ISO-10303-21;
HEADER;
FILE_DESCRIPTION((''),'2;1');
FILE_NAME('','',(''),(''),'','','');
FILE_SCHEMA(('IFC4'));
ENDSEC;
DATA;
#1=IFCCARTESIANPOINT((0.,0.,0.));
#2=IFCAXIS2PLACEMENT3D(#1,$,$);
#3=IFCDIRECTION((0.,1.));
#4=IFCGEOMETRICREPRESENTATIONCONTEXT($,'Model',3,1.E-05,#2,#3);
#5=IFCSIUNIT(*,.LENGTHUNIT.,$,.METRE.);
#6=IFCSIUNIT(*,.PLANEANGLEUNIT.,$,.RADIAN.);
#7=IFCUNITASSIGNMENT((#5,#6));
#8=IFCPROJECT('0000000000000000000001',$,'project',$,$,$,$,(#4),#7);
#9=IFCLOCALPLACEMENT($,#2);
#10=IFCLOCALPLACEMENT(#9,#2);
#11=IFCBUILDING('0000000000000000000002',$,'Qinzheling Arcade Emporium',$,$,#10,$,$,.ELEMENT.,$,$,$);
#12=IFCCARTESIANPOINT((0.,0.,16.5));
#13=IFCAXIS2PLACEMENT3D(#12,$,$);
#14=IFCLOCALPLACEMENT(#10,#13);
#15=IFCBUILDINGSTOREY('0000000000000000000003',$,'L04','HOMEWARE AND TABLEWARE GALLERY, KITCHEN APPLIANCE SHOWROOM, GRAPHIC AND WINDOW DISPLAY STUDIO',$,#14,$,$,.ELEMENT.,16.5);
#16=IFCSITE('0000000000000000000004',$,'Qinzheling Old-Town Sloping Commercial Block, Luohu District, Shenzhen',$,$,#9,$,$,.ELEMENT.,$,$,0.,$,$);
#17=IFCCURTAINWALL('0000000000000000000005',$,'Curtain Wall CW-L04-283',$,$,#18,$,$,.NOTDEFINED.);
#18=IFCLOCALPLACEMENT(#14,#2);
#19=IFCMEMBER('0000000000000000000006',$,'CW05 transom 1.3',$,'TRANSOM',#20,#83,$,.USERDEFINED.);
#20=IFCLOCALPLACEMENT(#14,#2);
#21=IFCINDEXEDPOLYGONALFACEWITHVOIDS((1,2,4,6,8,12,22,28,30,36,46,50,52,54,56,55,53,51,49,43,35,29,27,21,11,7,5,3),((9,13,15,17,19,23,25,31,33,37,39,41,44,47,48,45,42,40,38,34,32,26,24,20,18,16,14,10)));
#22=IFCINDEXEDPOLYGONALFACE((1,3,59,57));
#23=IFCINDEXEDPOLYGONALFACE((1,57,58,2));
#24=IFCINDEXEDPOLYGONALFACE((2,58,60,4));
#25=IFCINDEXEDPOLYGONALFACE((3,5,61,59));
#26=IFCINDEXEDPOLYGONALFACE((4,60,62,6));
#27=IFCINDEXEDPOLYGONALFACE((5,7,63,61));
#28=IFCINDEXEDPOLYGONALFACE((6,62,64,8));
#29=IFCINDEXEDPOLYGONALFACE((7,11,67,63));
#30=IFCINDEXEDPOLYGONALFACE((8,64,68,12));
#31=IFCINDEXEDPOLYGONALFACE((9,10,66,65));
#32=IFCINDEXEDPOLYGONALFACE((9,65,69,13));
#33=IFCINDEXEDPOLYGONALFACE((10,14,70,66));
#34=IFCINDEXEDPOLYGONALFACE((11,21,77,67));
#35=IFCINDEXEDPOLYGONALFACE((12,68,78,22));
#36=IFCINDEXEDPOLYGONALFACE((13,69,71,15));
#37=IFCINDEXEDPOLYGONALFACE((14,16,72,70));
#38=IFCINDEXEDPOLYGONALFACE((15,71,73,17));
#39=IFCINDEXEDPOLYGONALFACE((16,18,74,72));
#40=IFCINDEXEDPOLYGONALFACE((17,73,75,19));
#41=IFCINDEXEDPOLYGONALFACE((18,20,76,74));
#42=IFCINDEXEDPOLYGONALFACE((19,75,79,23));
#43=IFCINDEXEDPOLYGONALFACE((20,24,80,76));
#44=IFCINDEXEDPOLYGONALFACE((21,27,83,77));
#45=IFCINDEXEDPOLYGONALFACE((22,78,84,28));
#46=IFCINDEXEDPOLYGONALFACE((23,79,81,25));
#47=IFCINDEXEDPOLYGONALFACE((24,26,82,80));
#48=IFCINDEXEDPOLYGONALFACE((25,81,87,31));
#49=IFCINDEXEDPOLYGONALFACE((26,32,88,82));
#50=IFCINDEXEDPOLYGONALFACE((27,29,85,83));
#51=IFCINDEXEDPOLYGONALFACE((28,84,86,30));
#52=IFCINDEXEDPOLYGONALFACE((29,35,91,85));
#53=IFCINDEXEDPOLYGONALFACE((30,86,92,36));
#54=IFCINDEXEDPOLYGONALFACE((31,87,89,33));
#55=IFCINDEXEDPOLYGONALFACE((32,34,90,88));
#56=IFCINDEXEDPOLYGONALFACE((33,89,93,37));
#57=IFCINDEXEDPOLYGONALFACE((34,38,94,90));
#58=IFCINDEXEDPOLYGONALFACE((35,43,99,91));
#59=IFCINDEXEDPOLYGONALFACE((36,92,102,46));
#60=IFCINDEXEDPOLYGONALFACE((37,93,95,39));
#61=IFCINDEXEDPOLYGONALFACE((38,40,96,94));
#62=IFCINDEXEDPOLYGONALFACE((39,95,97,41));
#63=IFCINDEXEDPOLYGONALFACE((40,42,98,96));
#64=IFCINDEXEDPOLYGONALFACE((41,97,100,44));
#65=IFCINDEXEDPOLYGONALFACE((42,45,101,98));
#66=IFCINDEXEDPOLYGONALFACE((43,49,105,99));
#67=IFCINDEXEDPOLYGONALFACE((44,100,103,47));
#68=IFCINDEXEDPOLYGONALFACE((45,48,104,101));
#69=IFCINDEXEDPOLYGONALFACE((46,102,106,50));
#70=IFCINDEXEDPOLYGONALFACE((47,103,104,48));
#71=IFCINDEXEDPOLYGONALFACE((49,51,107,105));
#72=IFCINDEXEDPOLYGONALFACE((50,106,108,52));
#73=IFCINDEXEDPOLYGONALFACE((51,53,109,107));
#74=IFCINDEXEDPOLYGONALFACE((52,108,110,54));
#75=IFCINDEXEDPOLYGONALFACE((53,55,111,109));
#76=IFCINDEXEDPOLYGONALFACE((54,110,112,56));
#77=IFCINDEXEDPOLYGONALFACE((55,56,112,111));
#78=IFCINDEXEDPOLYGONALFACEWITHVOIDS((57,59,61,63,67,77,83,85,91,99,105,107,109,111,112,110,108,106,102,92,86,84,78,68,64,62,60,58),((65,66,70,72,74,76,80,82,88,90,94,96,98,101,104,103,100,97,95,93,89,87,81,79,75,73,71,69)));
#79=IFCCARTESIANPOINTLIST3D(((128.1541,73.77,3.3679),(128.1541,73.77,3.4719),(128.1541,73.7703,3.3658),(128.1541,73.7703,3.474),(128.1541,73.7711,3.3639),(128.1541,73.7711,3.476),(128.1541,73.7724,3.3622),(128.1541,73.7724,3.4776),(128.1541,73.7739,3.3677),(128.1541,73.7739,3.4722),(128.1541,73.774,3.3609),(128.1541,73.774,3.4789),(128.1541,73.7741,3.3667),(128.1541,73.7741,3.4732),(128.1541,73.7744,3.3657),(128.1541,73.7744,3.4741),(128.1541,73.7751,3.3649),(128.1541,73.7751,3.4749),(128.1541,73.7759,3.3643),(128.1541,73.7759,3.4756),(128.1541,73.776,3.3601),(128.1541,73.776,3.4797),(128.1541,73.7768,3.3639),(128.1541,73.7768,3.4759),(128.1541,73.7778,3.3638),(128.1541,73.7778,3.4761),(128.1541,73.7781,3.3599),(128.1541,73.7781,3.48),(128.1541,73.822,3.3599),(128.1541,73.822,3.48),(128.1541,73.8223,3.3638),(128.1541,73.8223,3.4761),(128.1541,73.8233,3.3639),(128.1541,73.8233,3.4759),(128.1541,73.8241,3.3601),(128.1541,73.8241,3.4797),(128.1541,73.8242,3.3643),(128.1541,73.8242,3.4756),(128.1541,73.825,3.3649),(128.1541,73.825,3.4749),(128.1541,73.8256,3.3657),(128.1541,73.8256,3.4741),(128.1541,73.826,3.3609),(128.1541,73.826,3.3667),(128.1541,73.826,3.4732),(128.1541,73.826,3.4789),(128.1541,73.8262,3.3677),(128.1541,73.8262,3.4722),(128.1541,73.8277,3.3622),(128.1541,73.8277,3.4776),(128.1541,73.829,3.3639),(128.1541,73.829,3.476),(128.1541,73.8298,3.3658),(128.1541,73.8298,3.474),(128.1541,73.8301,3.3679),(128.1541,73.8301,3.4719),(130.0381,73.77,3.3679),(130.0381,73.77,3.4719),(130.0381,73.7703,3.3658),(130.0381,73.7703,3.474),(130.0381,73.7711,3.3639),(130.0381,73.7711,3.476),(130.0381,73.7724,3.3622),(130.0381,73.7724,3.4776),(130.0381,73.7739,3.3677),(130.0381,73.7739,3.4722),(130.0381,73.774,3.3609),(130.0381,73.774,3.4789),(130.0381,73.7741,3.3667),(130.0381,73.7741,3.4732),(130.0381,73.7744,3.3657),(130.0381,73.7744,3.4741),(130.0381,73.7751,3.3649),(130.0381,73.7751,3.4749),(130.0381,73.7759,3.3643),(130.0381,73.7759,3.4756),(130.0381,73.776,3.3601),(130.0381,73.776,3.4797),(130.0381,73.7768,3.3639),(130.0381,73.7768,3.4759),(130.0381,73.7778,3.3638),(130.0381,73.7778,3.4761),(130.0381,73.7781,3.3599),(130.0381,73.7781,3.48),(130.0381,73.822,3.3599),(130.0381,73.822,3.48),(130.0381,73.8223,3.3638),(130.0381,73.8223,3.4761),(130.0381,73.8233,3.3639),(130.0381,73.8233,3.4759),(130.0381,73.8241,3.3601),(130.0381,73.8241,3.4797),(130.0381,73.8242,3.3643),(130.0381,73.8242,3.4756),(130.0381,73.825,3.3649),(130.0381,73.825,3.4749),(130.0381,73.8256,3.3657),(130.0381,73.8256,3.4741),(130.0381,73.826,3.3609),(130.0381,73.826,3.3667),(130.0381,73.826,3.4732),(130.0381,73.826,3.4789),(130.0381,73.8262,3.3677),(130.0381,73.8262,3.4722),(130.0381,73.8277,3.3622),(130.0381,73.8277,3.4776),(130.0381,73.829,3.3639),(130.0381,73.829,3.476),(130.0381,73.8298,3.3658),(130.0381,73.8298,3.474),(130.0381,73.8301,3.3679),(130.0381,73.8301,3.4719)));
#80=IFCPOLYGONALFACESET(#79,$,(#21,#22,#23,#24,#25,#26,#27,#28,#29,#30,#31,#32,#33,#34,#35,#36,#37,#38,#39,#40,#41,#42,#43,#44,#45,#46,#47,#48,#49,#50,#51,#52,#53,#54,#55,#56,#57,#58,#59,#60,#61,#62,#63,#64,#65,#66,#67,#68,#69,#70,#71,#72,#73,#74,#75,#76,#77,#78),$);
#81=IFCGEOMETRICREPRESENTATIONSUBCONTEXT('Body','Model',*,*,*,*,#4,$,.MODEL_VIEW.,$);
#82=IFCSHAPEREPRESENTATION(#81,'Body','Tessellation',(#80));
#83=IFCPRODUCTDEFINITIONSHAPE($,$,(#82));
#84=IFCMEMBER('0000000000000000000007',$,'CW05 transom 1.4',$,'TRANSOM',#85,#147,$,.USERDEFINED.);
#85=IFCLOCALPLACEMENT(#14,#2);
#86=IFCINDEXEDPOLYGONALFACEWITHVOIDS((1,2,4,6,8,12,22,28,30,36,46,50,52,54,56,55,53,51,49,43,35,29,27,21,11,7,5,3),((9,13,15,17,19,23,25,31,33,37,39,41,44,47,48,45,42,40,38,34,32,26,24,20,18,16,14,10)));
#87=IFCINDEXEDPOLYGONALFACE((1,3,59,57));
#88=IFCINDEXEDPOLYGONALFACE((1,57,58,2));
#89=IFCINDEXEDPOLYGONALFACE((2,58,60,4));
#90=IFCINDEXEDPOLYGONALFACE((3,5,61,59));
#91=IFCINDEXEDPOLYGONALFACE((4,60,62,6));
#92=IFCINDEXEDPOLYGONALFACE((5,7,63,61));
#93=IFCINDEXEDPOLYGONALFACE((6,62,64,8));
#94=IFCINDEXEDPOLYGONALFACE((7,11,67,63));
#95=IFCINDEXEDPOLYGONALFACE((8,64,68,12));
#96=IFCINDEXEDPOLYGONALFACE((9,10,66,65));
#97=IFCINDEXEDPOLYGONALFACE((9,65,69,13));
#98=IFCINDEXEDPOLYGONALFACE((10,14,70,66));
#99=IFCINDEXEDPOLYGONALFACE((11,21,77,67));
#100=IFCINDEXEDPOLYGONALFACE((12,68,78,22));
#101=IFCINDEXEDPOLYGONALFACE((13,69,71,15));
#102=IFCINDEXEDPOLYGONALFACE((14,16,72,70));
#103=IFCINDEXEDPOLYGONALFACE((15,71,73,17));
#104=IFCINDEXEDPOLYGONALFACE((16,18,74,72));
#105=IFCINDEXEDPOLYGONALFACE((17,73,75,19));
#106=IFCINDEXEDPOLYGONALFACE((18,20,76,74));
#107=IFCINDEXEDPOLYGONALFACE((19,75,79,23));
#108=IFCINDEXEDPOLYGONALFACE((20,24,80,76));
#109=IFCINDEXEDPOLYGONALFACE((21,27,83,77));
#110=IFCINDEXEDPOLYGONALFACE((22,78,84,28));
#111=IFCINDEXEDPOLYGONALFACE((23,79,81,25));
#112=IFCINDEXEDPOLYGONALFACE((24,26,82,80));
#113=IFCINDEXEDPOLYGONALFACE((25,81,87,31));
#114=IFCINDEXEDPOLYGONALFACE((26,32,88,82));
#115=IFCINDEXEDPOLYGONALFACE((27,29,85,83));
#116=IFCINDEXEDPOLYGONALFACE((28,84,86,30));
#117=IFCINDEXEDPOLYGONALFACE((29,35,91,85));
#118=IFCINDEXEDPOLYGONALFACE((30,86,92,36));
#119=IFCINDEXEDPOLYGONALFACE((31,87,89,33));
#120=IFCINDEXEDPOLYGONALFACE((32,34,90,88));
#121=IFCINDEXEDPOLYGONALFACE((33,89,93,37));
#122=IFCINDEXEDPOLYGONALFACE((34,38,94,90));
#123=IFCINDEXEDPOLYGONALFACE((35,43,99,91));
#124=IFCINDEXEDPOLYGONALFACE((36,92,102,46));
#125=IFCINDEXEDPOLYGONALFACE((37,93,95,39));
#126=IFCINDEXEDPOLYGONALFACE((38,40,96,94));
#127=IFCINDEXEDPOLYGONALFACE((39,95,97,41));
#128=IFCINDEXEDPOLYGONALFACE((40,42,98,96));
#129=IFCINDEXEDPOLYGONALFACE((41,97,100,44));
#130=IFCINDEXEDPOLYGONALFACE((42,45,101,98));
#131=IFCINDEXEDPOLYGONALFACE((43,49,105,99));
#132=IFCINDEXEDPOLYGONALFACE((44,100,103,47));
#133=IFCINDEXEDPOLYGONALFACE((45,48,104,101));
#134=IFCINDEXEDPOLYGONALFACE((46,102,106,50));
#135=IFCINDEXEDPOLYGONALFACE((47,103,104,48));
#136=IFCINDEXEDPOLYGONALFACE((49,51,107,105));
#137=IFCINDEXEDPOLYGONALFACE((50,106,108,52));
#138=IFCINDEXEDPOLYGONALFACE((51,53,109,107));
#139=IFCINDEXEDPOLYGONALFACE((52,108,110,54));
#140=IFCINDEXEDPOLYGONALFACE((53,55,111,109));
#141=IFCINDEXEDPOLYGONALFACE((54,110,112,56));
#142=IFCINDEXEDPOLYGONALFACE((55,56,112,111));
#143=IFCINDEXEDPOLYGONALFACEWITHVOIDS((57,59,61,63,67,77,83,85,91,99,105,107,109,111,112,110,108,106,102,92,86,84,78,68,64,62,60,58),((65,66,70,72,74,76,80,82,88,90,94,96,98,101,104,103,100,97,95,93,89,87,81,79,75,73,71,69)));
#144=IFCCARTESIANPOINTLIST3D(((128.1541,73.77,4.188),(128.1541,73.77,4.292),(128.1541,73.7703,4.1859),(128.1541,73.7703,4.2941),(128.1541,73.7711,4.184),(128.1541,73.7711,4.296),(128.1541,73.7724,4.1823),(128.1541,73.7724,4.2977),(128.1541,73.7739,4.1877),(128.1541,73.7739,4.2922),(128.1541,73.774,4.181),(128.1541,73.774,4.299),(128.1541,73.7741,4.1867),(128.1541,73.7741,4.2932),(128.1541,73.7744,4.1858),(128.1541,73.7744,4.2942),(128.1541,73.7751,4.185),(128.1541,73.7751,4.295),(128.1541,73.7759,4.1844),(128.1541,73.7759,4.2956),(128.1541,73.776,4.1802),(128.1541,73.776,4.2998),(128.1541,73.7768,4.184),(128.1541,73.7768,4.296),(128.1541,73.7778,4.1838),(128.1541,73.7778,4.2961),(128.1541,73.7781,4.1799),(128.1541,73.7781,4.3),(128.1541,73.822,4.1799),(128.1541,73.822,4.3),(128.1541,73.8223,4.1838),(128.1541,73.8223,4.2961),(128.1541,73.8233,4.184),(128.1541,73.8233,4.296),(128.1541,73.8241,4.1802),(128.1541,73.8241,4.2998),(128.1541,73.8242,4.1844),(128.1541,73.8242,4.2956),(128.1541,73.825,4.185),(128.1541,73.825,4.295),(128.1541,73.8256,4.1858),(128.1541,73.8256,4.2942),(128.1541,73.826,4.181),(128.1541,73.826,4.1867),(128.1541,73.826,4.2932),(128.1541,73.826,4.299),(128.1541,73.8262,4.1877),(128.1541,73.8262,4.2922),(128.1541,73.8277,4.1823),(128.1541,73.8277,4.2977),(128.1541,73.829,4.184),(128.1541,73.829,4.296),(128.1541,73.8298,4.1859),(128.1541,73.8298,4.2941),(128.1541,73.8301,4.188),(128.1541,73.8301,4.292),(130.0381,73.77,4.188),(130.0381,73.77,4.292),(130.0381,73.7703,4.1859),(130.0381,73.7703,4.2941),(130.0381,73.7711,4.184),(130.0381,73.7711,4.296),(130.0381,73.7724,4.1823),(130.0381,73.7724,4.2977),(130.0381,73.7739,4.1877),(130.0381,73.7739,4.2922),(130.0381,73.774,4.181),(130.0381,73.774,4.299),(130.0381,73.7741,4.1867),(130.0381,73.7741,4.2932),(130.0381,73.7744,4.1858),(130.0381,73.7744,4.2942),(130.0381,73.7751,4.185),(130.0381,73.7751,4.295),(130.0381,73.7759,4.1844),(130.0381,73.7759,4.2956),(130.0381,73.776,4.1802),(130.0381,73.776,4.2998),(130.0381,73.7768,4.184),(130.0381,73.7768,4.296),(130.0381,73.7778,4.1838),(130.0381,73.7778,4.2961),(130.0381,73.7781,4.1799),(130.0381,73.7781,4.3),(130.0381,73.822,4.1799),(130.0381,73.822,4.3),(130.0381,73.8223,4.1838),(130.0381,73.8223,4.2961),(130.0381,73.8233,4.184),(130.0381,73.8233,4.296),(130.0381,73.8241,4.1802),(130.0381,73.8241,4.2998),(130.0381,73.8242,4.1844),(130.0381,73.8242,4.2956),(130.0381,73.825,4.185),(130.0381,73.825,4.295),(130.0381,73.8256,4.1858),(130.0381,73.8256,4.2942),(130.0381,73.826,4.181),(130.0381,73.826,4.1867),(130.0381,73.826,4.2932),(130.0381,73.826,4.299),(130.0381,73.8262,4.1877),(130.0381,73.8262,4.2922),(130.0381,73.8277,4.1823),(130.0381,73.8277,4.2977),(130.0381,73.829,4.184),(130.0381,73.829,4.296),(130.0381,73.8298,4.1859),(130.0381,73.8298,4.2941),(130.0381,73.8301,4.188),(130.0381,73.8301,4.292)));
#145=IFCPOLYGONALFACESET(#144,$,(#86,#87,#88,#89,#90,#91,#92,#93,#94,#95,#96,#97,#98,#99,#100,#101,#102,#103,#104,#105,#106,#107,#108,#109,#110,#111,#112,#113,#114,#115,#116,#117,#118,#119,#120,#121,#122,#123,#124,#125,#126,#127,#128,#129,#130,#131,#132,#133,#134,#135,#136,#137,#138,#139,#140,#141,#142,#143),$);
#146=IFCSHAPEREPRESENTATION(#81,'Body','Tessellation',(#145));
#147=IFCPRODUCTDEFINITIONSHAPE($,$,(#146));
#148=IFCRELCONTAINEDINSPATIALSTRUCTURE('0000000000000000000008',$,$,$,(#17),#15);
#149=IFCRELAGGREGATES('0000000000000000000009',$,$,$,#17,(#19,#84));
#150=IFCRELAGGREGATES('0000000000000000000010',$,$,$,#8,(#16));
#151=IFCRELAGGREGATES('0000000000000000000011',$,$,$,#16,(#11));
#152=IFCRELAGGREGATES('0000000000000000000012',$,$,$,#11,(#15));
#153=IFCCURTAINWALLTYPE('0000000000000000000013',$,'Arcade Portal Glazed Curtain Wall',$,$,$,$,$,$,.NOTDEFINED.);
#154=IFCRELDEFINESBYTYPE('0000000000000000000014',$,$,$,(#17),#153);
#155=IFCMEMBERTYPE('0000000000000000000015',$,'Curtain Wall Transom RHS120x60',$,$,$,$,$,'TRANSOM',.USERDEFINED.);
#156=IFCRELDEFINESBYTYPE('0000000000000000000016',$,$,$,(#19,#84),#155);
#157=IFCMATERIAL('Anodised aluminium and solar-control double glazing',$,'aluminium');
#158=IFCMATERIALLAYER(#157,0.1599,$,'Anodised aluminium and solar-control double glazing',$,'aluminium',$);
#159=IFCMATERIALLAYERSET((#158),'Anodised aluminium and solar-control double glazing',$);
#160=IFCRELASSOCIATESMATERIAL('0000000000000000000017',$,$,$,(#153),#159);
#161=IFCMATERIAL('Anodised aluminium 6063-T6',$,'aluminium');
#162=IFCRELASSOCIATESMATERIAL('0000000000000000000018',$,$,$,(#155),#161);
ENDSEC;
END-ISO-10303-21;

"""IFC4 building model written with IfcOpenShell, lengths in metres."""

from ifc_helpers import new_model, si_unit, direction, frame, origin, origin_2d, place, context, subcontext, project, spatial, hollow_rectangle, extrude, material, layer, layer_set, material_profile, profile_set, type_object, element, aggregate, save


model = new_model("IFC4")

# Units and contexts
model_context = context("Model", 3, precision=1e-05, world=origin(), true_north=direction((0.0, 1.0)))
body_context = subcontext(model_context, "Body", "Model", "MODEL_VIEW")
ifc_project = project(units=[si_unit("LENGTHUNIT", "METRE"), si_unit("PLANEANGLEUNIT", "RADIAN")], contexts=[model_context])

# Site, building, storey
site_placement = place(None, origin())
site = spatial("IfcSite", under=ifc_project, at=site_placement, Name="Qinzheling Old-Town Sloping Commercial Block, Luohu District, Shenzhen", CompositionType="ELEMENT", RefElevation=0.0)
building_placement = place(site_placement, origin())
building = spatial("IfcBuilding", under=site, at=building_placement, Name="Qinzheling Arcade Emporium", CompositionType="ELEMENT")
storey_placement = place(building_placement, frame((0.0, 0.0, 16.5)))
storey = spatial("IfcBuildingStorey", under=building, at=storey_placement, Name="L04", Description="HOMEWARE AND TABLEWARE GALLERY, KITCHEN APPLIANCE SHOWROOM, GRAPHIC AND WINDOW DISPLAY STUDIO", CompositionType="ELEMENT", Elevation=16.5)

# Shared definitions
ifc_material_1 = material(Name="Anodised aluminium and solar-control double glazing", Category="aluminium")
ifc_layer_1 = layer(ifc_material_1, 0.1599, Name="Anodised aluminium and solar-control double glazing", Category="aluminium")
ifc_layer_set_1 = layer_set([ifc_layer_1], Name="Anodised aluminium and solar-control double glazing")
curtain_wall_type = type_object("IfcCurtainWallType", Name="Arcade Portal Glazed Curtain Wall", PredefinedType="NOTDEFINED", material=ifc_layer_set_1)
ifc_material_2 = material(Name="Anodised aluminium 6063-T6", Category="aluminium")

# Curtain wall, members
curtain_wall_1_placement = place(storey_placement, origin())
curtain_wall_1 = element("IfcCurtainWall", 1, at=curtain_wall_1_placement, inside=storey, type_object=curtain_wall_type, Name="Curtain Wall CW-L04-283", PredefinedType="NOTDEFINED")
ifc_material_profile_1 = material_profile(ifc_material_2, hollow_rectangle(XDim=0.0601, YDim=0.1201, WallThickness=0.0039, InnerFilletRadius=0.0039, OuterFilletRadius=0.0081, at=origin_2d()), Name="RHS 120x60x4", Category="aluminium")
ifc_profile_set_1 = profile_set([ifc_material_profile_1], Name="Anodised aluminium 6063-T6")
member_type_1 = type_object("IfcMemberType", Name="Curtain Wall Transom RHS120x60", ElementType="TRANSOM", PredefinedType="USERDEFINED", material=ifc_profile_set_1)
member_1_placement = place(storey_placement, frame((130.0381, 73.8, 3.4199), z_axis=(-1.0, 0.0, 0.0), x_axis=(0.0, -1.0, 0.0)))
member_1 = element("IfcMember", 2, at=member_1_placement, type_object=member_type_1, Name="CW05 transom 1.3", ObjectType="TRANSOM", PredefinedType="USERDEFINED", context=body_context, shape_type="SweptSolid", body=[
    extrude(hollow_rectangle(XDim=0.0601, YDim=0.1201, WallThickness=0.0039, InnerFilletRadius=0.0039, OuterFilletRadius=0.0081, at=origin_2d()), origin(), (0.0, 0.0, 1.0), 1.884),
])
member_2_placement = place(storey_placement, frame((130.0381, 73.8, 4.24), z_axis=(-1.0, 0.0, 0.0), x_axis=(0.0, -1.0, 0.0)))
member_2 = element("IfcMember", 3, at=member_2_placement, type_object=member_type_1, Name="CW05 transom 1.4", ObjectType="TRANSOM", PredefinedType="USERDEFINED", context=body_context, shape_type="SweptSolid", body=[
    extrude(hollow_rectangle(XDim=0.0601, YDim=0.1201, WallThickness=0.0039, InnerFilletRadius=0.0039, OuterFilletRadius=0.0081, at=origin_2d()), origin(), (0.0, 0.0, 1.0), 1.884),
])

aggregate(curtain_wall_1, [member_1, member_2])

save(model, "model.ifc")
